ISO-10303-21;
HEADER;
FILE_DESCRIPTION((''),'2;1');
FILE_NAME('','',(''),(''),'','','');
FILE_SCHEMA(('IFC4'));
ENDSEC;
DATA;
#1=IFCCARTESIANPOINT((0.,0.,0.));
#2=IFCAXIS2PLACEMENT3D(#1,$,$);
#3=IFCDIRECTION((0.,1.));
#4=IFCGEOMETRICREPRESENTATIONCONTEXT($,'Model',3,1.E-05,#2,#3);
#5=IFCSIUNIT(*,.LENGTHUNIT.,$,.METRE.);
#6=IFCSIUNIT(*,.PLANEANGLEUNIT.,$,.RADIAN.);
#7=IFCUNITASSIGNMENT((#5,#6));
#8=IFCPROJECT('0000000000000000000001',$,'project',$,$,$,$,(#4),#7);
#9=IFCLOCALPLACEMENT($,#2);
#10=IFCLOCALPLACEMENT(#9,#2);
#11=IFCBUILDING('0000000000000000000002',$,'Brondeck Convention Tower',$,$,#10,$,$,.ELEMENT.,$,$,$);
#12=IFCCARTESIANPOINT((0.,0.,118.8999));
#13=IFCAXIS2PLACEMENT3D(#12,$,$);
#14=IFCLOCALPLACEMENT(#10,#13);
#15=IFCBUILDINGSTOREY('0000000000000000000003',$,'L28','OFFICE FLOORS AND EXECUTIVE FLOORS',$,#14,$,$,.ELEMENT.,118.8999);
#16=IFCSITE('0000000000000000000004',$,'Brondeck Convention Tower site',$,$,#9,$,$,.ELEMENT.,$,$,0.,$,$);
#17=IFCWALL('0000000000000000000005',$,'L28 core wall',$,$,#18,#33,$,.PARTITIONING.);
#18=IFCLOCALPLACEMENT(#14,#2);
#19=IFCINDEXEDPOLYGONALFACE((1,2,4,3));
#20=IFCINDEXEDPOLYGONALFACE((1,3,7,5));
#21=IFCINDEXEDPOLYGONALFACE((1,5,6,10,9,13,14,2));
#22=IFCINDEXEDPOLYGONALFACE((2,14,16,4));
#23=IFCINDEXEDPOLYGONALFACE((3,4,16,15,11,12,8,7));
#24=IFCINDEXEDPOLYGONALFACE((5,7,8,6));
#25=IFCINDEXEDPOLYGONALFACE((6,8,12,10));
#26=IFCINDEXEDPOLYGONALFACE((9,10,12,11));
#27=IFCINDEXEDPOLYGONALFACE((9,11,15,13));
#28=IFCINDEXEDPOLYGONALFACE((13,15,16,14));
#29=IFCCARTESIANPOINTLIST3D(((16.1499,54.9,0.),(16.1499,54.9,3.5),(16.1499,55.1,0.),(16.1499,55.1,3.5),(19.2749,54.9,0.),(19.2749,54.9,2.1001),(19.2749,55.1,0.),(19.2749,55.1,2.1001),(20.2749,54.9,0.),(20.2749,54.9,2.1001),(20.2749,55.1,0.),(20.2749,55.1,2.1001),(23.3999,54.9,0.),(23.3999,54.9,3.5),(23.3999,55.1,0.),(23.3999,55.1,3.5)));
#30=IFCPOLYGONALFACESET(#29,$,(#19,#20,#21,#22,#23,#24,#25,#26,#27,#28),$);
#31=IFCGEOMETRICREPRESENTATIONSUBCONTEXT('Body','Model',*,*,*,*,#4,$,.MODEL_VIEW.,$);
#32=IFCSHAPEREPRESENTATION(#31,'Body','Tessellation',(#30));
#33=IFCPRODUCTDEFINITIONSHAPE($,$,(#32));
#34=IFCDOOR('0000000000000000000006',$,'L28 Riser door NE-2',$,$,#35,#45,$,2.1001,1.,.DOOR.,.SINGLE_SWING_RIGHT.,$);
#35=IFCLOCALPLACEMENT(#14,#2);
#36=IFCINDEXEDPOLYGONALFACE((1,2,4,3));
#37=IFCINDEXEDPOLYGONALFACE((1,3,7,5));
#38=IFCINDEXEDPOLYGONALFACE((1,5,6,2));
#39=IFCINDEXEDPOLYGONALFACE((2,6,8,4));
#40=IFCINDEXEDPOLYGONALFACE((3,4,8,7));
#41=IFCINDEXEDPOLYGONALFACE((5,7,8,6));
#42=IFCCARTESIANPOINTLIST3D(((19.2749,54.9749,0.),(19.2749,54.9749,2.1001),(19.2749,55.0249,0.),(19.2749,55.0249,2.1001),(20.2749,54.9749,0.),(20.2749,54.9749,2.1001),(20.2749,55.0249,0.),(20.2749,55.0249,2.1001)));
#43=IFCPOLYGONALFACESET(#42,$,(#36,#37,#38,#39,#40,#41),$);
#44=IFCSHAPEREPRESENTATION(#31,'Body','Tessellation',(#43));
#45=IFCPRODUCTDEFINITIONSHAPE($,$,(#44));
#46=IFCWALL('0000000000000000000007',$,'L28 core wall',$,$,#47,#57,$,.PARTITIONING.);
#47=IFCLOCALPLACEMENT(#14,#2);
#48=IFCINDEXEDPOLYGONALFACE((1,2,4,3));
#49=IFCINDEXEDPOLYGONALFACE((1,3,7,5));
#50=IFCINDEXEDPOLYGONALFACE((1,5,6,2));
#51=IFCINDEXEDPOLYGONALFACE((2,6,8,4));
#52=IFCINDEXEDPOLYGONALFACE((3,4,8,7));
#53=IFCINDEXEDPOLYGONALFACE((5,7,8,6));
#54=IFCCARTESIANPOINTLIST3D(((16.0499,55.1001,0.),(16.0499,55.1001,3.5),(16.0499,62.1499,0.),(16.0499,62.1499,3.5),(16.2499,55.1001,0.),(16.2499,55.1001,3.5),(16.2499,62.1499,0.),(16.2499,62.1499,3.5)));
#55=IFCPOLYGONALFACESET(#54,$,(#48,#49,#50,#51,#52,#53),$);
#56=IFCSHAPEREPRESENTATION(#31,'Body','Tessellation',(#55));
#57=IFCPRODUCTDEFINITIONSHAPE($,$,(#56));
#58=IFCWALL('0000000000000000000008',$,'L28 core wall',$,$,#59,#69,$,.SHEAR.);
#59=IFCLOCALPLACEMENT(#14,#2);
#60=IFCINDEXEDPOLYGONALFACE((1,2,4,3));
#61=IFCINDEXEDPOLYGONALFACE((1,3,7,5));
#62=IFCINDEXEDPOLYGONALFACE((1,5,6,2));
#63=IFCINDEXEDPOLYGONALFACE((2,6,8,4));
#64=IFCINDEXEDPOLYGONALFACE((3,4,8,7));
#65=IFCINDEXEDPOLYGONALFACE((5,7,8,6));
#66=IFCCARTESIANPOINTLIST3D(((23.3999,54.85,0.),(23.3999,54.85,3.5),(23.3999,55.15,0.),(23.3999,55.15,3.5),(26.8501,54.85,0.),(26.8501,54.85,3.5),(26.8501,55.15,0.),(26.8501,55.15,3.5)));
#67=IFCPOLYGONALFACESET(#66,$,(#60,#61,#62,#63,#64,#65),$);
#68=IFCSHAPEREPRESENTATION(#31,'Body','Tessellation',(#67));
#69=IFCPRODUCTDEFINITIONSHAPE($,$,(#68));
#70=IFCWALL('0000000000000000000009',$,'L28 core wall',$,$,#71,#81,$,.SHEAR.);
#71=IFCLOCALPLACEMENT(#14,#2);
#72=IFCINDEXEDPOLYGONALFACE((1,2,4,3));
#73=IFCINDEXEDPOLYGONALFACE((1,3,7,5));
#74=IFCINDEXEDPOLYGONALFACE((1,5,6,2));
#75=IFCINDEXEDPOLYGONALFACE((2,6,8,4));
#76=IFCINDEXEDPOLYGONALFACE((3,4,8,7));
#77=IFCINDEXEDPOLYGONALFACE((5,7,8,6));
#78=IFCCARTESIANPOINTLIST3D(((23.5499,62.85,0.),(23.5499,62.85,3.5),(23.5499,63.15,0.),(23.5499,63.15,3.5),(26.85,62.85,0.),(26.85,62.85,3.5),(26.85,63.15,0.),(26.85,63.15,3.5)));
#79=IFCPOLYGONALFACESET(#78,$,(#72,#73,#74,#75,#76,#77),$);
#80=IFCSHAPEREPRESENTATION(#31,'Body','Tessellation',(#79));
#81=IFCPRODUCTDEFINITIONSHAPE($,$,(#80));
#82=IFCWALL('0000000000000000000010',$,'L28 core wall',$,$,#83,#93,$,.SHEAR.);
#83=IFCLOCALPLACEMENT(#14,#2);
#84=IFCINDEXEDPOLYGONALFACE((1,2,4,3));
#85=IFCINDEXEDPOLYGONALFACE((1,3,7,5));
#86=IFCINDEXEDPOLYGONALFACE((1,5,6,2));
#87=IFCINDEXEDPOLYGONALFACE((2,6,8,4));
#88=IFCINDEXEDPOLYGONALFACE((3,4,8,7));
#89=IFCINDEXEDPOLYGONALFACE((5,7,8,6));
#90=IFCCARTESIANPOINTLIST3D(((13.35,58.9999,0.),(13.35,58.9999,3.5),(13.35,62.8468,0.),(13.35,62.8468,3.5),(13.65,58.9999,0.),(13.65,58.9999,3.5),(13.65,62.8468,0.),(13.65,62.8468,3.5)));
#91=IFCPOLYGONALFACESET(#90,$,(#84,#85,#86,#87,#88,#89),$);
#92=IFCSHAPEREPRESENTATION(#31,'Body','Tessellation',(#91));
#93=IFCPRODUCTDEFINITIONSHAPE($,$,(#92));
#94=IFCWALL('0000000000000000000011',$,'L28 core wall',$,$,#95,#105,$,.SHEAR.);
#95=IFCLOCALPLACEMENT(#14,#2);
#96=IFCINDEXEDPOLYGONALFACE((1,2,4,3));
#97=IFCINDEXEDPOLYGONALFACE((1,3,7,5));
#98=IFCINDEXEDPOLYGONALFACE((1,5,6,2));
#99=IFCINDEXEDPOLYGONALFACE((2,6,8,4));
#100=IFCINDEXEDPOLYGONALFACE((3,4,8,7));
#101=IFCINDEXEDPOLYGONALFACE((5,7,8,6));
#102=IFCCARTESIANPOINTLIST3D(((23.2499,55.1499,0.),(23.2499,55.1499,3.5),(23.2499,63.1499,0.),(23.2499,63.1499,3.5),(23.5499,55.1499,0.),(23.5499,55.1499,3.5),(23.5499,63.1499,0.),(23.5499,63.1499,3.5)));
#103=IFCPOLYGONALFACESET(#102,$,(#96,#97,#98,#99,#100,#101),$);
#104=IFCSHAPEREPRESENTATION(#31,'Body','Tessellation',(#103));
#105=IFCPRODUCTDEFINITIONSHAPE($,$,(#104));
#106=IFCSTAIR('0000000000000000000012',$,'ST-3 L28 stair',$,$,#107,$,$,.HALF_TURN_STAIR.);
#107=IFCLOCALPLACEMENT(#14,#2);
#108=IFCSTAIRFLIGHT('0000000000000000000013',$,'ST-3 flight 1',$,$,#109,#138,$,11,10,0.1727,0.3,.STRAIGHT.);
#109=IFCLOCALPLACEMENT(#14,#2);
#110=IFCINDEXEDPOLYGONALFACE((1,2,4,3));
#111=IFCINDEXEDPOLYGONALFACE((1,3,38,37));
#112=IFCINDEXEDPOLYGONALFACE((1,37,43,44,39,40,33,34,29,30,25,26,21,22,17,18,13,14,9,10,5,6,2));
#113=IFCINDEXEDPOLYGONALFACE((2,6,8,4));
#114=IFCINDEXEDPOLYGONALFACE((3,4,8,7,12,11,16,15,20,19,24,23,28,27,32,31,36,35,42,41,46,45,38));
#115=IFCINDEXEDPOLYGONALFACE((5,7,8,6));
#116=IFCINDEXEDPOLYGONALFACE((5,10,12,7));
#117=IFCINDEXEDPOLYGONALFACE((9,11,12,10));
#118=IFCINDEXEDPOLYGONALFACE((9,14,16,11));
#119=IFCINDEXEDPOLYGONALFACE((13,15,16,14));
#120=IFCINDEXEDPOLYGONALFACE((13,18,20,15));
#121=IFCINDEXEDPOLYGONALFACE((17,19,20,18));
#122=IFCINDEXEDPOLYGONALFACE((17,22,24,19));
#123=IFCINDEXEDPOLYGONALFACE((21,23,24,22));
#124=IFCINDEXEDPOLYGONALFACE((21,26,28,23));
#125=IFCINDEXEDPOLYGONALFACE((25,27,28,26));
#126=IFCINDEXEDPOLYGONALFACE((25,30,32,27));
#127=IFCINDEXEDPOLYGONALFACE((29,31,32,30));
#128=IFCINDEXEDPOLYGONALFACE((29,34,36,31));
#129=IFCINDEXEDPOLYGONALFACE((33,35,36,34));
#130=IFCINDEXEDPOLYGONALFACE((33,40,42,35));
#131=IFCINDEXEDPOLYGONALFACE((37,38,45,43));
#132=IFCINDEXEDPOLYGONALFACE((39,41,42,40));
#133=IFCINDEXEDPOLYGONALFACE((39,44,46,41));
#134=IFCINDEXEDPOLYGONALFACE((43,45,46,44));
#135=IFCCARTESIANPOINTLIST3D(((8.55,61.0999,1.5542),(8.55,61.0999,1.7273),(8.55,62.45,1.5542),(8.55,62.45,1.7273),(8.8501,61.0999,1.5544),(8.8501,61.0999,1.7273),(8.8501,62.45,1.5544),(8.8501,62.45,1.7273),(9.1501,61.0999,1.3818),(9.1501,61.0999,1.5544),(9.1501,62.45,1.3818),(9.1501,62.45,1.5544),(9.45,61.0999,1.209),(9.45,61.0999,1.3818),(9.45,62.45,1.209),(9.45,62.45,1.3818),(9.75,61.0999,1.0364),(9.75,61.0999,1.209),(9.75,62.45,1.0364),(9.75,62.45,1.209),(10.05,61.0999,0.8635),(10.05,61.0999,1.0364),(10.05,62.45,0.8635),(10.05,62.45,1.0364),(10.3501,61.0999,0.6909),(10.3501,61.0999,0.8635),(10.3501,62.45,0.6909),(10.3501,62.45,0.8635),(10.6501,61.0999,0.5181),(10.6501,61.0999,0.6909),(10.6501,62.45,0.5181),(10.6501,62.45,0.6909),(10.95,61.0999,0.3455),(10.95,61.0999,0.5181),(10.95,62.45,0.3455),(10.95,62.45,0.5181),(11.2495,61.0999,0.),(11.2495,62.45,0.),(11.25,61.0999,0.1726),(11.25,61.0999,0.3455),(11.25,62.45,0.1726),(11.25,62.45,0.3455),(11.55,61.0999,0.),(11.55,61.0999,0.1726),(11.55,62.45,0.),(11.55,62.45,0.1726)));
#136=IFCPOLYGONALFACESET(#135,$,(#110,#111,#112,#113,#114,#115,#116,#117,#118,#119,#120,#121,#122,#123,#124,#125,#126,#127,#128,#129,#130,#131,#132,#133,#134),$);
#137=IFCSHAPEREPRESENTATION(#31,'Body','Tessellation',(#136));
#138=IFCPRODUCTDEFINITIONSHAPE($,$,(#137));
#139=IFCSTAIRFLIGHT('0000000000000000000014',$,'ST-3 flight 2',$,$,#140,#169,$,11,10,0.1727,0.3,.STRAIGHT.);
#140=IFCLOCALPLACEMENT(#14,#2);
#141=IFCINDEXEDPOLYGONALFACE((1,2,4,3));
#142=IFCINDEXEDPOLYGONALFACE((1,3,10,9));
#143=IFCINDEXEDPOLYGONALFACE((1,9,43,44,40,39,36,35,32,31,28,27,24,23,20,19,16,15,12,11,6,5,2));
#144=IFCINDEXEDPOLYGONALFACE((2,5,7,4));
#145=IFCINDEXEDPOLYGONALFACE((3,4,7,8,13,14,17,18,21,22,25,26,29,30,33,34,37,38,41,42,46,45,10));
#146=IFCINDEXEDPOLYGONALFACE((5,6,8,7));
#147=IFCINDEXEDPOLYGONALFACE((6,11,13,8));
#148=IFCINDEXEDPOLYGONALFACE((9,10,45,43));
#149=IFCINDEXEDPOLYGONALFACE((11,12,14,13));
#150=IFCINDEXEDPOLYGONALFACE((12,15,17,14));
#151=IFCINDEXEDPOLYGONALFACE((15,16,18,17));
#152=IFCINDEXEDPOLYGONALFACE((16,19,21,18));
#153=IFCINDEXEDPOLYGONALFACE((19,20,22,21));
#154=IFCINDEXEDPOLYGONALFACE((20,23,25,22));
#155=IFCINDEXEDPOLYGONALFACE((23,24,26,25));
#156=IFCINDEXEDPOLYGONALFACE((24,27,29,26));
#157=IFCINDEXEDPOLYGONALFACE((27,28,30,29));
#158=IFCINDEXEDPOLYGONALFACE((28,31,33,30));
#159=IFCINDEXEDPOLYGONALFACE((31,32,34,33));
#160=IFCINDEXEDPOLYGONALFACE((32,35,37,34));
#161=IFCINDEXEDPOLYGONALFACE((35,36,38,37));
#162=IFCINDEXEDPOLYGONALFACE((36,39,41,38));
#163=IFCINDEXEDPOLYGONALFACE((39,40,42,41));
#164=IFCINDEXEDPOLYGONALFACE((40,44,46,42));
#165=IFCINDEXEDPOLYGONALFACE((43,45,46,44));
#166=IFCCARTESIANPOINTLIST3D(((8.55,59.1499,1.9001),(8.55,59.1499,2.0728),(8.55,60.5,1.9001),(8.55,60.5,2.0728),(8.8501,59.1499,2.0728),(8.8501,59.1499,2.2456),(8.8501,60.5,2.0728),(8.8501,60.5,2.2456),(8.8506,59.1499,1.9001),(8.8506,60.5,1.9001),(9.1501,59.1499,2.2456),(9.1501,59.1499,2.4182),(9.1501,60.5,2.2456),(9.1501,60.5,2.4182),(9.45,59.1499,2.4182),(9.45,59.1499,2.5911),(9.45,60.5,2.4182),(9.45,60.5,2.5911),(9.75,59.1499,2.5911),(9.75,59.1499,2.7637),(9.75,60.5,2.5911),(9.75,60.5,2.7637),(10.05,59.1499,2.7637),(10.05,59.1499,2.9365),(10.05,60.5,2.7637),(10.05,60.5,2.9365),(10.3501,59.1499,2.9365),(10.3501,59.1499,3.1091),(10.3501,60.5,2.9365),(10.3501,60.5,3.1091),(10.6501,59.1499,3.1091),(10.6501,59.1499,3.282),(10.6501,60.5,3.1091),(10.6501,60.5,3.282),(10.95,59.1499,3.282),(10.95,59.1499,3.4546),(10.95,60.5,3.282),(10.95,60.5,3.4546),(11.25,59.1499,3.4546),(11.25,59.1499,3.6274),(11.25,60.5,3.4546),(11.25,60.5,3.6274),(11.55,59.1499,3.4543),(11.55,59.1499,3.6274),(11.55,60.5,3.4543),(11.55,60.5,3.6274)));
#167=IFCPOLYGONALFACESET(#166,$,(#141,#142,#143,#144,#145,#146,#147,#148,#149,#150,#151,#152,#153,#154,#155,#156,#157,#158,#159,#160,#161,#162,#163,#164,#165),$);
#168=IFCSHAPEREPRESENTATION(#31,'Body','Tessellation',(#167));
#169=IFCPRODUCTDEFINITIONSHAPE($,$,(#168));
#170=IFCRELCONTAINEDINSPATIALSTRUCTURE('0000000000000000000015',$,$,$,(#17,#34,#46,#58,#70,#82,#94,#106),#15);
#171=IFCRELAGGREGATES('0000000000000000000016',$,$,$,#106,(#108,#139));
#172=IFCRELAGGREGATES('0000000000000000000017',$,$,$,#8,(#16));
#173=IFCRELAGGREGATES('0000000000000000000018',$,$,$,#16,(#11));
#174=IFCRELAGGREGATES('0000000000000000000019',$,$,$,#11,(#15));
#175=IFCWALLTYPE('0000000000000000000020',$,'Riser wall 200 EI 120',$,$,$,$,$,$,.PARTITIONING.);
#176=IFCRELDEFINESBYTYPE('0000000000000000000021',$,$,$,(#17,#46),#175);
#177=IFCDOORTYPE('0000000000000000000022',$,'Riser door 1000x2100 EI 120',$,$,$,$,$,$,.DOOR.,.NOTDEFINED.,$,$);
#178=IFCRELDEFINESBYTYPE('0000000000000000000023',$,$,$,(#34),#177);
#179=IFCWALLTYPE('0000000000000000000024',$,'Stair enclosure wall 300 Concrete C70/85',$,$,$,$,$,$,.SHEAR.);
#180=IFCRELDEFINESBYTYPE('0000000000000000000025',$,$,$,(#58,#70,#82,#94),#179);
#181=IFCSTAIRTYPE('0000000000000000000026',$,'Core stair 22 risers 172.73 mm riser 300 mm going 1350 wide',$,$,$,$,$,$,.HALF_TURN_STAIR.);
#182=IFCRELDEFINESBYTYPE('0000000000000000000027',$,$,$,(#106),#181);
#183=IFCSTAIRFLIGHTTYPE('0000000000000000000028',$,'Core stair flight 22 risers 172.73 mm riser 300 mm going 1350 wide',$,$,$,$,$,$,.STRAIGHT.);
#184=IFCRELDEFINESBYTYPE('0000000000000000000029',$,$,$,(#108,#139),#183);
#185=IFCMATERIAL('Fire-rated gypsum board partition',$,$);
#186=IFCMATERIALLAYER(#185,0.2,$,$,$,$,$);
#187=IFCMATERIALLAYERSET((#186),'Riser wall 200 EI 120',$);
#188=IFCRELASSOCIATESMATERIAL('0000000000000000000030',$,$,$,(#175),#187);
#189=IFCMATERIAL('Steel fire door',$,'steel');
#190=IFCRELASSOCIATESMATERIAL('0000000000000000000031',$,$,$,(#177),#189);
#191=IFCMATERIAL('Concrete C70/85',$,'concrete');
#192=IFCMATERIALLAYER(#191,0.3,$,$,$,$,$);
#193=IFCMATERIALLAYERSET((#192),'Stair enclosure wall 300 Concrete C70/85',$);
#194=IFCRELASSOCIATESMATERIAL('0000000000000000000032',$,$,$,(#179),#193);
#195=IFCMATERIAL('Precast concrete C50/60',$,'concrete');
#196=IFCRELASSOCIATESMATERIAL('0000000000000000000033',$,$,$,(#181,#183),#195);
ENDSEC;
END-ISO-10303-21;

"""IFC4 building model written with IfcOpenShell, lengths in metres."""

from ifc_helpers import new_model, si_unit, direction, frame, frame_2d, origin, place, context, subcontext, project, spatial, polyline, rectangle, outline, extrude, material, layer, layer_set, type_object, element, fill, aggregate, save


model = new_model("IFC4")

# Units and contexts
model_context = context("Model", 3, precision=1e-05, world=origin(), true_north=direction((0.0, 1.0)))
body_context = subcontext(model_context, "Body", "Model", "MODEL_VIEW")
ifc_project = project(units=[si_unit("LENGTHUNIT", "METRE"), si_unit("PLANEANGLEUNIT", "RADIAN")], contexts=[model_context])

# Site, building, storey
site_placement = place(None, origin())
site = spatial("IfcSite", under=ifc_project, at=site_placement, Name="Brondeck Convention Tower site", CompositionType="ELEMENT", RefElevation=0.0)
building_placement = place(site_placement, origin())
building = spatial("IfcBuilding", under=site, at=building_placement, Name="Brondeck Convention Tower", CompositionType="ELEMENT")
storey_placement = place(building_placement, frame((0.0, 0.0, 118.8999)))
storey = spatial("IfcBuildingStorey", under=building, at=storey_placement, Name="L28", Description="OFFICE FLOORS AND EXECUTIVE FLOORS", CompositionType="ELEMENT", Elevation=118.8999)

# Shared definitions
ifc_material_1 = material(Name="Concrete C70/85", Category="concrete")

# Shared definitions
ifc_material_2 = material(Name="Fire-rated gypsum board partition")
ifc_material_3 = material(Name="Steel fire door", Category="steel")

# Shared definitions
ifc_layer_1 = layer(ifc_material_2, 0.2)
ifc_layer_set_1 = layer_set([ifc_layer_1], Name="Riser wall 200 EI 120")
wall_type_1 = type_object("IfcWallType", Name="Riser wall 200 EI 120", PredefinedType="PARTITIONING", material=ifc_layer_set_1)

# Wall, opening, door
wall_1_placement = place(storey_placement, frame((16.1499, 55.0, 0.0), z_axis=(0.0, 0.0, 1.0), x_axis=(1.0, 0.0, 0.0)))
wall_1 = element("IfcWall", 1, at=wall_1_placement, inside=storey, type_object=wall_type_1, Name="L28 core wall", PredefinedType="PARTITIONING", context=body_context, shape_type="SweptSolid", body=[
    extrude(rectangle(XDim=7.25, YDim=0.2, at=frame_2d((3.625, 0.0))), origin(), (0.0, 0.0, 1.0), 3.5),
])
opening_1_placement = place(wall_1_placement, frame((3.125, 0.0, 0.0)))
opening_1 = element("IfcOpeningElement", 2, at=opening_1_placement, cuts=wall_1, PredefinedType="OPENING", context=body_context, shape_type="SweptSolid", body=[
    extrude(rectangle(XDim=1.0, YDim=2.1001, at=frame_2d((0.5, 1.05))), frame((0.0, 0.1099, 0.0), z_axis=(0.0, -1.0, 0.0), x_axis=(1.0, 0.0, 0.0)), (0.0, 0.0, 1.0), 0.22),
])
door_type_1 = type_object("IfcDoorType", Name="Riser door 1000x2100 EI 120", OperationType="NOTDEFINED", PredefinedType="DOOR", material=ifc_material_3)
door_1_placement = place(opening_1_placement, origin())
door_1 = element("IfcDoor", 3, at=door_1_placement, inside=storey, type_object=door_type_1, Name="L28 Riser door NE-2", OperationType="SINGLE_SWING_RIGHT", OverallHeight=2.1001, OverallWidth=1.0, PredefinedType="DOOR", context=body_context, shape_type="SweptSolid", body=[
    extrude(rectangle(XDim=1.0, YDim=2.1001, at=frame_2d((0.5, 1.05))), frame((0.0, 0.0249, 0.0), z_axis=(0.0, -1.0, 0.0), x_axis=(1.0, 0.0, 0.0)), (0.0, 0.0, 1.0), 0.05),
])
fill(opening_1, door_1)

# Walls
wall_2_placement = place(storey_placement, frame((16.1499, 55.1001, 0.0), z_axis=(0.0, 0.0, 1.0), x_axis=(0.0, 1.0, 0.0)))
element("IfcWall", 4, at=wall_2_placement, inside=storey, type_object=wall_type_1, Name="L28 core wall", PredefinedType="PARTITIONING", context=body_context, shape_type="SweptSolid", body=[
    extrude(rectangle(XDim=7.0498, YDim=0.2, at=frame_2d((3.5249, 0.0))), origin(), (0.0, 0.0, 1.0), 3.5),
])
ifc_layer_2 = layer(ifc_material_1, 0.3)
ifc_layer_set_2 = layer_set([ifc_layer_2], Name="Stair enclosure wall 300 Concrete C70/85")
wall_type_2 = type_object("IfcWallType", Name="Stair enclosure wall 300 Concrete C70/85", PredefinedType="SHEAR", material=ifc_layer_set_2)
wall_3_placement = place(storey_placement, frame((23.3999, 55.0, 0.0), z_axis=(0.0, 0.0, 1.0), x_axis=(1.0, 0.0, 0.0)))
element("IfcWall", 5, at=wall_3_placement, inside=storey, type_object=wall_type_2, Name="L28 core wall", PredefinedType="SHEAR", context=body_context, shape_type="SweptSolid", body=[
    extrude(rectangle(XDim=3.4502, YDim=0.3, at=frame_2d((1.7251, 0.0))), origin(), (0.0, 0.0, 1.0), 3.5),
])
wall_4_placement = place(storey_placement, frame((23.55, 63.0, 0.0), z_axis=(0.0, 0.0, 1.0), x_axis=(1.0, 0.0, 0.0)))
element("IfcWall", 6, at=wall_4_placement, inside=storey, type_object=wall_type_2, Name="L28 core wall", PredefinedType="SHEAR", context=body_context, shape_type="SweptSolid", body=[
    extrude(rectangle(XDim=3.3, YDim=0.3, at=frame_2d((1.6499, 0.0))), origin(), (0.0, 0.0, 1.0), 3.5),
])
wall_5_placement = place(storey_placement, frame((13.5, 59.0, 0.0), z_axis=(0.0, 0.0, 1.0), x_axis=(0.0, 1.0, 0.0)))
element("IfcWall", 7, at=wall_5_placement, inside=storey, type_object=wall_type_2, Name="L28 core wall", PredefinedType="SHEAR", context=body_context, shape_type="SweptSolid", body=[
    extrude(rectangle(XDim=3.8469, YDim=0.3, at=frame_2d((1.9233, 0.0))), origin(), (0.0, 0.0, 1.0), 3.5),
])
wall_6_placement = place(storey_placement, frame((23.3999, 55.1499, 0.0), z_axis=(0.0, 0.0, 1.0), x_axis=(0.0, 1.0, 0.0)))
element("IfcWall", 8, at=wall_6_placement, inside=storey, type_object=wall_type_2, Name="L28 core wall", PredefinedType="SHEAR", context=body_context, shape_type="SweptSolid", body=[
    extrude(rectangle(XDim=8.0, YDim=0.3, at=frame_2d((4.0, 0.0))), origin(), (0.0, 0.0, 1.0), 3.5),
])

# Stair, stair flights
ifc_material_4 = material(Name="Precast concrete C50/60", Category="concrete")
stair_type = type_object("IfcStairType", Name="Core stair 22 risers 172.73 mm riser 300 mm going 1350 wide", PredefinedType="HALF_TURN_STAIR", material=ifc_material_4)
stair_placement = place(storey_placement, origin())
stair = element("IfcStair", 9, at=stair_placement, inside=storey, type_object=stair_type, Name="ST-3 L28 stair", PredefinedType="HALF_TURN_STAIR")
stair_flight_type = type_object("IfcStairFlightType", Name="Core stair flight 22 risers 172.73 mm riser 300 mm going 1350 wide", PredefinedType="STRAIGHT", material=ifc_material_4)
stair_flight_1_placement = place(storey_placement, frame((11.55, 61.7749, 0.0), z_axis=(0.0, 0.0, 1.0), x_axis=(-1.0, 0.0, 0.0)))
stair_flight_1 = element("IfcStairFlight", 10, at=stair_flight_1_placement, type_object=stair_flight_type, Name="ST-3 flight 1", NumberOfRisers=11, NumberOfTreads=10, PredefinedType="STRAIGHT", RiserHeight=0.1727, TreadLength=0.3, context=body_context, shape_type="SweptSolid", body=[
    extrude(outline(polyline([(0.0, 0.0), (0.0, 0.1726), (0.3, 0.1726), (0.3, 0.3455), (0.6001, 0.3455), (0.6001, 0.5181), (0.8999, 0.5181), (0.8999, 0.6909), (1.2, 0.6909), (1.2, 0.8635), (1.5, 0.8635), (1.5, 1.0364), (1.8, 1.0364), (1.8, 1.209), (2.1001, 1.209), (2.1001, 1.3818), (2.3999, 1.3818), (2.3999, 1.5544), (2.7, 1.5544), (2.7, 1.7273), (3.0, 1.7273), (3.0, 1.8999), (3.0, 1.5542), (0.3005, 0.0), (0.0, 0.0)])), frame((0.0, 0.675, 0.0), z_axis=(0.0, -1.0, 0.0), x_axis=(1.0, 0.0, 0.0)), (0.0, 0.0, 1.0), 1.3501),
])
stair_flight_2_placement = place(storey_placement, frame((8.55, 59.825, 1.9001), z_axis=(0.0, 0.0, 1.0), x_axis=(1.0, 0.0, 0.0)))
stair_flight_2 = element("IfcStairFlight", 11, at=stair_flight_2_placement, type_object=stair_flight_type, Name="ST-3 flight 2", NumberOfRisers=11, NumberOfTreads=10, PredefinedType="STRAIGHT", RiserHeight=0.1727, TreadLength=0.3, context=body_context, shape_type="SweptSolid", body=[
    extrude(outline(polyline([(0.0, 0.0), (0.0, 0.1726), (0.3, 0.1726), (0.3, 0.3455), (0.6001, 0.3455), (0.6001, 0.5181), (0.8999, 0.5181), (0.8999, 0.6909), (1.2, 0.6909), (1.2, 0.8635), (1.5, 0.8635), (1.5, 1.0364), (1.8, 1.0364), (1.8, 1.209), (2.1001, 1.209), (2.1001, 1.3818), (2.3999, 1.3818), (2.3999, 1.5544), (2.7, 1.5544), (2.7, 1.7273), (3.0, 1.7273), (3.0, 1.8999), (3.0, 1.5542), (0.3005, 0.0), (0.0, 0.0)])), frame((0.0, 0.675, 0.0), z_axis=(0.0, -1.0, 0.0), x_axis=(1.0, 0.0, 0.0)), (0.0, 0.0, 1.0), 1.3501),
])
aggregate(stair, [stair_flight_1, stair_flight_2])

save(model, "model.ifc")
